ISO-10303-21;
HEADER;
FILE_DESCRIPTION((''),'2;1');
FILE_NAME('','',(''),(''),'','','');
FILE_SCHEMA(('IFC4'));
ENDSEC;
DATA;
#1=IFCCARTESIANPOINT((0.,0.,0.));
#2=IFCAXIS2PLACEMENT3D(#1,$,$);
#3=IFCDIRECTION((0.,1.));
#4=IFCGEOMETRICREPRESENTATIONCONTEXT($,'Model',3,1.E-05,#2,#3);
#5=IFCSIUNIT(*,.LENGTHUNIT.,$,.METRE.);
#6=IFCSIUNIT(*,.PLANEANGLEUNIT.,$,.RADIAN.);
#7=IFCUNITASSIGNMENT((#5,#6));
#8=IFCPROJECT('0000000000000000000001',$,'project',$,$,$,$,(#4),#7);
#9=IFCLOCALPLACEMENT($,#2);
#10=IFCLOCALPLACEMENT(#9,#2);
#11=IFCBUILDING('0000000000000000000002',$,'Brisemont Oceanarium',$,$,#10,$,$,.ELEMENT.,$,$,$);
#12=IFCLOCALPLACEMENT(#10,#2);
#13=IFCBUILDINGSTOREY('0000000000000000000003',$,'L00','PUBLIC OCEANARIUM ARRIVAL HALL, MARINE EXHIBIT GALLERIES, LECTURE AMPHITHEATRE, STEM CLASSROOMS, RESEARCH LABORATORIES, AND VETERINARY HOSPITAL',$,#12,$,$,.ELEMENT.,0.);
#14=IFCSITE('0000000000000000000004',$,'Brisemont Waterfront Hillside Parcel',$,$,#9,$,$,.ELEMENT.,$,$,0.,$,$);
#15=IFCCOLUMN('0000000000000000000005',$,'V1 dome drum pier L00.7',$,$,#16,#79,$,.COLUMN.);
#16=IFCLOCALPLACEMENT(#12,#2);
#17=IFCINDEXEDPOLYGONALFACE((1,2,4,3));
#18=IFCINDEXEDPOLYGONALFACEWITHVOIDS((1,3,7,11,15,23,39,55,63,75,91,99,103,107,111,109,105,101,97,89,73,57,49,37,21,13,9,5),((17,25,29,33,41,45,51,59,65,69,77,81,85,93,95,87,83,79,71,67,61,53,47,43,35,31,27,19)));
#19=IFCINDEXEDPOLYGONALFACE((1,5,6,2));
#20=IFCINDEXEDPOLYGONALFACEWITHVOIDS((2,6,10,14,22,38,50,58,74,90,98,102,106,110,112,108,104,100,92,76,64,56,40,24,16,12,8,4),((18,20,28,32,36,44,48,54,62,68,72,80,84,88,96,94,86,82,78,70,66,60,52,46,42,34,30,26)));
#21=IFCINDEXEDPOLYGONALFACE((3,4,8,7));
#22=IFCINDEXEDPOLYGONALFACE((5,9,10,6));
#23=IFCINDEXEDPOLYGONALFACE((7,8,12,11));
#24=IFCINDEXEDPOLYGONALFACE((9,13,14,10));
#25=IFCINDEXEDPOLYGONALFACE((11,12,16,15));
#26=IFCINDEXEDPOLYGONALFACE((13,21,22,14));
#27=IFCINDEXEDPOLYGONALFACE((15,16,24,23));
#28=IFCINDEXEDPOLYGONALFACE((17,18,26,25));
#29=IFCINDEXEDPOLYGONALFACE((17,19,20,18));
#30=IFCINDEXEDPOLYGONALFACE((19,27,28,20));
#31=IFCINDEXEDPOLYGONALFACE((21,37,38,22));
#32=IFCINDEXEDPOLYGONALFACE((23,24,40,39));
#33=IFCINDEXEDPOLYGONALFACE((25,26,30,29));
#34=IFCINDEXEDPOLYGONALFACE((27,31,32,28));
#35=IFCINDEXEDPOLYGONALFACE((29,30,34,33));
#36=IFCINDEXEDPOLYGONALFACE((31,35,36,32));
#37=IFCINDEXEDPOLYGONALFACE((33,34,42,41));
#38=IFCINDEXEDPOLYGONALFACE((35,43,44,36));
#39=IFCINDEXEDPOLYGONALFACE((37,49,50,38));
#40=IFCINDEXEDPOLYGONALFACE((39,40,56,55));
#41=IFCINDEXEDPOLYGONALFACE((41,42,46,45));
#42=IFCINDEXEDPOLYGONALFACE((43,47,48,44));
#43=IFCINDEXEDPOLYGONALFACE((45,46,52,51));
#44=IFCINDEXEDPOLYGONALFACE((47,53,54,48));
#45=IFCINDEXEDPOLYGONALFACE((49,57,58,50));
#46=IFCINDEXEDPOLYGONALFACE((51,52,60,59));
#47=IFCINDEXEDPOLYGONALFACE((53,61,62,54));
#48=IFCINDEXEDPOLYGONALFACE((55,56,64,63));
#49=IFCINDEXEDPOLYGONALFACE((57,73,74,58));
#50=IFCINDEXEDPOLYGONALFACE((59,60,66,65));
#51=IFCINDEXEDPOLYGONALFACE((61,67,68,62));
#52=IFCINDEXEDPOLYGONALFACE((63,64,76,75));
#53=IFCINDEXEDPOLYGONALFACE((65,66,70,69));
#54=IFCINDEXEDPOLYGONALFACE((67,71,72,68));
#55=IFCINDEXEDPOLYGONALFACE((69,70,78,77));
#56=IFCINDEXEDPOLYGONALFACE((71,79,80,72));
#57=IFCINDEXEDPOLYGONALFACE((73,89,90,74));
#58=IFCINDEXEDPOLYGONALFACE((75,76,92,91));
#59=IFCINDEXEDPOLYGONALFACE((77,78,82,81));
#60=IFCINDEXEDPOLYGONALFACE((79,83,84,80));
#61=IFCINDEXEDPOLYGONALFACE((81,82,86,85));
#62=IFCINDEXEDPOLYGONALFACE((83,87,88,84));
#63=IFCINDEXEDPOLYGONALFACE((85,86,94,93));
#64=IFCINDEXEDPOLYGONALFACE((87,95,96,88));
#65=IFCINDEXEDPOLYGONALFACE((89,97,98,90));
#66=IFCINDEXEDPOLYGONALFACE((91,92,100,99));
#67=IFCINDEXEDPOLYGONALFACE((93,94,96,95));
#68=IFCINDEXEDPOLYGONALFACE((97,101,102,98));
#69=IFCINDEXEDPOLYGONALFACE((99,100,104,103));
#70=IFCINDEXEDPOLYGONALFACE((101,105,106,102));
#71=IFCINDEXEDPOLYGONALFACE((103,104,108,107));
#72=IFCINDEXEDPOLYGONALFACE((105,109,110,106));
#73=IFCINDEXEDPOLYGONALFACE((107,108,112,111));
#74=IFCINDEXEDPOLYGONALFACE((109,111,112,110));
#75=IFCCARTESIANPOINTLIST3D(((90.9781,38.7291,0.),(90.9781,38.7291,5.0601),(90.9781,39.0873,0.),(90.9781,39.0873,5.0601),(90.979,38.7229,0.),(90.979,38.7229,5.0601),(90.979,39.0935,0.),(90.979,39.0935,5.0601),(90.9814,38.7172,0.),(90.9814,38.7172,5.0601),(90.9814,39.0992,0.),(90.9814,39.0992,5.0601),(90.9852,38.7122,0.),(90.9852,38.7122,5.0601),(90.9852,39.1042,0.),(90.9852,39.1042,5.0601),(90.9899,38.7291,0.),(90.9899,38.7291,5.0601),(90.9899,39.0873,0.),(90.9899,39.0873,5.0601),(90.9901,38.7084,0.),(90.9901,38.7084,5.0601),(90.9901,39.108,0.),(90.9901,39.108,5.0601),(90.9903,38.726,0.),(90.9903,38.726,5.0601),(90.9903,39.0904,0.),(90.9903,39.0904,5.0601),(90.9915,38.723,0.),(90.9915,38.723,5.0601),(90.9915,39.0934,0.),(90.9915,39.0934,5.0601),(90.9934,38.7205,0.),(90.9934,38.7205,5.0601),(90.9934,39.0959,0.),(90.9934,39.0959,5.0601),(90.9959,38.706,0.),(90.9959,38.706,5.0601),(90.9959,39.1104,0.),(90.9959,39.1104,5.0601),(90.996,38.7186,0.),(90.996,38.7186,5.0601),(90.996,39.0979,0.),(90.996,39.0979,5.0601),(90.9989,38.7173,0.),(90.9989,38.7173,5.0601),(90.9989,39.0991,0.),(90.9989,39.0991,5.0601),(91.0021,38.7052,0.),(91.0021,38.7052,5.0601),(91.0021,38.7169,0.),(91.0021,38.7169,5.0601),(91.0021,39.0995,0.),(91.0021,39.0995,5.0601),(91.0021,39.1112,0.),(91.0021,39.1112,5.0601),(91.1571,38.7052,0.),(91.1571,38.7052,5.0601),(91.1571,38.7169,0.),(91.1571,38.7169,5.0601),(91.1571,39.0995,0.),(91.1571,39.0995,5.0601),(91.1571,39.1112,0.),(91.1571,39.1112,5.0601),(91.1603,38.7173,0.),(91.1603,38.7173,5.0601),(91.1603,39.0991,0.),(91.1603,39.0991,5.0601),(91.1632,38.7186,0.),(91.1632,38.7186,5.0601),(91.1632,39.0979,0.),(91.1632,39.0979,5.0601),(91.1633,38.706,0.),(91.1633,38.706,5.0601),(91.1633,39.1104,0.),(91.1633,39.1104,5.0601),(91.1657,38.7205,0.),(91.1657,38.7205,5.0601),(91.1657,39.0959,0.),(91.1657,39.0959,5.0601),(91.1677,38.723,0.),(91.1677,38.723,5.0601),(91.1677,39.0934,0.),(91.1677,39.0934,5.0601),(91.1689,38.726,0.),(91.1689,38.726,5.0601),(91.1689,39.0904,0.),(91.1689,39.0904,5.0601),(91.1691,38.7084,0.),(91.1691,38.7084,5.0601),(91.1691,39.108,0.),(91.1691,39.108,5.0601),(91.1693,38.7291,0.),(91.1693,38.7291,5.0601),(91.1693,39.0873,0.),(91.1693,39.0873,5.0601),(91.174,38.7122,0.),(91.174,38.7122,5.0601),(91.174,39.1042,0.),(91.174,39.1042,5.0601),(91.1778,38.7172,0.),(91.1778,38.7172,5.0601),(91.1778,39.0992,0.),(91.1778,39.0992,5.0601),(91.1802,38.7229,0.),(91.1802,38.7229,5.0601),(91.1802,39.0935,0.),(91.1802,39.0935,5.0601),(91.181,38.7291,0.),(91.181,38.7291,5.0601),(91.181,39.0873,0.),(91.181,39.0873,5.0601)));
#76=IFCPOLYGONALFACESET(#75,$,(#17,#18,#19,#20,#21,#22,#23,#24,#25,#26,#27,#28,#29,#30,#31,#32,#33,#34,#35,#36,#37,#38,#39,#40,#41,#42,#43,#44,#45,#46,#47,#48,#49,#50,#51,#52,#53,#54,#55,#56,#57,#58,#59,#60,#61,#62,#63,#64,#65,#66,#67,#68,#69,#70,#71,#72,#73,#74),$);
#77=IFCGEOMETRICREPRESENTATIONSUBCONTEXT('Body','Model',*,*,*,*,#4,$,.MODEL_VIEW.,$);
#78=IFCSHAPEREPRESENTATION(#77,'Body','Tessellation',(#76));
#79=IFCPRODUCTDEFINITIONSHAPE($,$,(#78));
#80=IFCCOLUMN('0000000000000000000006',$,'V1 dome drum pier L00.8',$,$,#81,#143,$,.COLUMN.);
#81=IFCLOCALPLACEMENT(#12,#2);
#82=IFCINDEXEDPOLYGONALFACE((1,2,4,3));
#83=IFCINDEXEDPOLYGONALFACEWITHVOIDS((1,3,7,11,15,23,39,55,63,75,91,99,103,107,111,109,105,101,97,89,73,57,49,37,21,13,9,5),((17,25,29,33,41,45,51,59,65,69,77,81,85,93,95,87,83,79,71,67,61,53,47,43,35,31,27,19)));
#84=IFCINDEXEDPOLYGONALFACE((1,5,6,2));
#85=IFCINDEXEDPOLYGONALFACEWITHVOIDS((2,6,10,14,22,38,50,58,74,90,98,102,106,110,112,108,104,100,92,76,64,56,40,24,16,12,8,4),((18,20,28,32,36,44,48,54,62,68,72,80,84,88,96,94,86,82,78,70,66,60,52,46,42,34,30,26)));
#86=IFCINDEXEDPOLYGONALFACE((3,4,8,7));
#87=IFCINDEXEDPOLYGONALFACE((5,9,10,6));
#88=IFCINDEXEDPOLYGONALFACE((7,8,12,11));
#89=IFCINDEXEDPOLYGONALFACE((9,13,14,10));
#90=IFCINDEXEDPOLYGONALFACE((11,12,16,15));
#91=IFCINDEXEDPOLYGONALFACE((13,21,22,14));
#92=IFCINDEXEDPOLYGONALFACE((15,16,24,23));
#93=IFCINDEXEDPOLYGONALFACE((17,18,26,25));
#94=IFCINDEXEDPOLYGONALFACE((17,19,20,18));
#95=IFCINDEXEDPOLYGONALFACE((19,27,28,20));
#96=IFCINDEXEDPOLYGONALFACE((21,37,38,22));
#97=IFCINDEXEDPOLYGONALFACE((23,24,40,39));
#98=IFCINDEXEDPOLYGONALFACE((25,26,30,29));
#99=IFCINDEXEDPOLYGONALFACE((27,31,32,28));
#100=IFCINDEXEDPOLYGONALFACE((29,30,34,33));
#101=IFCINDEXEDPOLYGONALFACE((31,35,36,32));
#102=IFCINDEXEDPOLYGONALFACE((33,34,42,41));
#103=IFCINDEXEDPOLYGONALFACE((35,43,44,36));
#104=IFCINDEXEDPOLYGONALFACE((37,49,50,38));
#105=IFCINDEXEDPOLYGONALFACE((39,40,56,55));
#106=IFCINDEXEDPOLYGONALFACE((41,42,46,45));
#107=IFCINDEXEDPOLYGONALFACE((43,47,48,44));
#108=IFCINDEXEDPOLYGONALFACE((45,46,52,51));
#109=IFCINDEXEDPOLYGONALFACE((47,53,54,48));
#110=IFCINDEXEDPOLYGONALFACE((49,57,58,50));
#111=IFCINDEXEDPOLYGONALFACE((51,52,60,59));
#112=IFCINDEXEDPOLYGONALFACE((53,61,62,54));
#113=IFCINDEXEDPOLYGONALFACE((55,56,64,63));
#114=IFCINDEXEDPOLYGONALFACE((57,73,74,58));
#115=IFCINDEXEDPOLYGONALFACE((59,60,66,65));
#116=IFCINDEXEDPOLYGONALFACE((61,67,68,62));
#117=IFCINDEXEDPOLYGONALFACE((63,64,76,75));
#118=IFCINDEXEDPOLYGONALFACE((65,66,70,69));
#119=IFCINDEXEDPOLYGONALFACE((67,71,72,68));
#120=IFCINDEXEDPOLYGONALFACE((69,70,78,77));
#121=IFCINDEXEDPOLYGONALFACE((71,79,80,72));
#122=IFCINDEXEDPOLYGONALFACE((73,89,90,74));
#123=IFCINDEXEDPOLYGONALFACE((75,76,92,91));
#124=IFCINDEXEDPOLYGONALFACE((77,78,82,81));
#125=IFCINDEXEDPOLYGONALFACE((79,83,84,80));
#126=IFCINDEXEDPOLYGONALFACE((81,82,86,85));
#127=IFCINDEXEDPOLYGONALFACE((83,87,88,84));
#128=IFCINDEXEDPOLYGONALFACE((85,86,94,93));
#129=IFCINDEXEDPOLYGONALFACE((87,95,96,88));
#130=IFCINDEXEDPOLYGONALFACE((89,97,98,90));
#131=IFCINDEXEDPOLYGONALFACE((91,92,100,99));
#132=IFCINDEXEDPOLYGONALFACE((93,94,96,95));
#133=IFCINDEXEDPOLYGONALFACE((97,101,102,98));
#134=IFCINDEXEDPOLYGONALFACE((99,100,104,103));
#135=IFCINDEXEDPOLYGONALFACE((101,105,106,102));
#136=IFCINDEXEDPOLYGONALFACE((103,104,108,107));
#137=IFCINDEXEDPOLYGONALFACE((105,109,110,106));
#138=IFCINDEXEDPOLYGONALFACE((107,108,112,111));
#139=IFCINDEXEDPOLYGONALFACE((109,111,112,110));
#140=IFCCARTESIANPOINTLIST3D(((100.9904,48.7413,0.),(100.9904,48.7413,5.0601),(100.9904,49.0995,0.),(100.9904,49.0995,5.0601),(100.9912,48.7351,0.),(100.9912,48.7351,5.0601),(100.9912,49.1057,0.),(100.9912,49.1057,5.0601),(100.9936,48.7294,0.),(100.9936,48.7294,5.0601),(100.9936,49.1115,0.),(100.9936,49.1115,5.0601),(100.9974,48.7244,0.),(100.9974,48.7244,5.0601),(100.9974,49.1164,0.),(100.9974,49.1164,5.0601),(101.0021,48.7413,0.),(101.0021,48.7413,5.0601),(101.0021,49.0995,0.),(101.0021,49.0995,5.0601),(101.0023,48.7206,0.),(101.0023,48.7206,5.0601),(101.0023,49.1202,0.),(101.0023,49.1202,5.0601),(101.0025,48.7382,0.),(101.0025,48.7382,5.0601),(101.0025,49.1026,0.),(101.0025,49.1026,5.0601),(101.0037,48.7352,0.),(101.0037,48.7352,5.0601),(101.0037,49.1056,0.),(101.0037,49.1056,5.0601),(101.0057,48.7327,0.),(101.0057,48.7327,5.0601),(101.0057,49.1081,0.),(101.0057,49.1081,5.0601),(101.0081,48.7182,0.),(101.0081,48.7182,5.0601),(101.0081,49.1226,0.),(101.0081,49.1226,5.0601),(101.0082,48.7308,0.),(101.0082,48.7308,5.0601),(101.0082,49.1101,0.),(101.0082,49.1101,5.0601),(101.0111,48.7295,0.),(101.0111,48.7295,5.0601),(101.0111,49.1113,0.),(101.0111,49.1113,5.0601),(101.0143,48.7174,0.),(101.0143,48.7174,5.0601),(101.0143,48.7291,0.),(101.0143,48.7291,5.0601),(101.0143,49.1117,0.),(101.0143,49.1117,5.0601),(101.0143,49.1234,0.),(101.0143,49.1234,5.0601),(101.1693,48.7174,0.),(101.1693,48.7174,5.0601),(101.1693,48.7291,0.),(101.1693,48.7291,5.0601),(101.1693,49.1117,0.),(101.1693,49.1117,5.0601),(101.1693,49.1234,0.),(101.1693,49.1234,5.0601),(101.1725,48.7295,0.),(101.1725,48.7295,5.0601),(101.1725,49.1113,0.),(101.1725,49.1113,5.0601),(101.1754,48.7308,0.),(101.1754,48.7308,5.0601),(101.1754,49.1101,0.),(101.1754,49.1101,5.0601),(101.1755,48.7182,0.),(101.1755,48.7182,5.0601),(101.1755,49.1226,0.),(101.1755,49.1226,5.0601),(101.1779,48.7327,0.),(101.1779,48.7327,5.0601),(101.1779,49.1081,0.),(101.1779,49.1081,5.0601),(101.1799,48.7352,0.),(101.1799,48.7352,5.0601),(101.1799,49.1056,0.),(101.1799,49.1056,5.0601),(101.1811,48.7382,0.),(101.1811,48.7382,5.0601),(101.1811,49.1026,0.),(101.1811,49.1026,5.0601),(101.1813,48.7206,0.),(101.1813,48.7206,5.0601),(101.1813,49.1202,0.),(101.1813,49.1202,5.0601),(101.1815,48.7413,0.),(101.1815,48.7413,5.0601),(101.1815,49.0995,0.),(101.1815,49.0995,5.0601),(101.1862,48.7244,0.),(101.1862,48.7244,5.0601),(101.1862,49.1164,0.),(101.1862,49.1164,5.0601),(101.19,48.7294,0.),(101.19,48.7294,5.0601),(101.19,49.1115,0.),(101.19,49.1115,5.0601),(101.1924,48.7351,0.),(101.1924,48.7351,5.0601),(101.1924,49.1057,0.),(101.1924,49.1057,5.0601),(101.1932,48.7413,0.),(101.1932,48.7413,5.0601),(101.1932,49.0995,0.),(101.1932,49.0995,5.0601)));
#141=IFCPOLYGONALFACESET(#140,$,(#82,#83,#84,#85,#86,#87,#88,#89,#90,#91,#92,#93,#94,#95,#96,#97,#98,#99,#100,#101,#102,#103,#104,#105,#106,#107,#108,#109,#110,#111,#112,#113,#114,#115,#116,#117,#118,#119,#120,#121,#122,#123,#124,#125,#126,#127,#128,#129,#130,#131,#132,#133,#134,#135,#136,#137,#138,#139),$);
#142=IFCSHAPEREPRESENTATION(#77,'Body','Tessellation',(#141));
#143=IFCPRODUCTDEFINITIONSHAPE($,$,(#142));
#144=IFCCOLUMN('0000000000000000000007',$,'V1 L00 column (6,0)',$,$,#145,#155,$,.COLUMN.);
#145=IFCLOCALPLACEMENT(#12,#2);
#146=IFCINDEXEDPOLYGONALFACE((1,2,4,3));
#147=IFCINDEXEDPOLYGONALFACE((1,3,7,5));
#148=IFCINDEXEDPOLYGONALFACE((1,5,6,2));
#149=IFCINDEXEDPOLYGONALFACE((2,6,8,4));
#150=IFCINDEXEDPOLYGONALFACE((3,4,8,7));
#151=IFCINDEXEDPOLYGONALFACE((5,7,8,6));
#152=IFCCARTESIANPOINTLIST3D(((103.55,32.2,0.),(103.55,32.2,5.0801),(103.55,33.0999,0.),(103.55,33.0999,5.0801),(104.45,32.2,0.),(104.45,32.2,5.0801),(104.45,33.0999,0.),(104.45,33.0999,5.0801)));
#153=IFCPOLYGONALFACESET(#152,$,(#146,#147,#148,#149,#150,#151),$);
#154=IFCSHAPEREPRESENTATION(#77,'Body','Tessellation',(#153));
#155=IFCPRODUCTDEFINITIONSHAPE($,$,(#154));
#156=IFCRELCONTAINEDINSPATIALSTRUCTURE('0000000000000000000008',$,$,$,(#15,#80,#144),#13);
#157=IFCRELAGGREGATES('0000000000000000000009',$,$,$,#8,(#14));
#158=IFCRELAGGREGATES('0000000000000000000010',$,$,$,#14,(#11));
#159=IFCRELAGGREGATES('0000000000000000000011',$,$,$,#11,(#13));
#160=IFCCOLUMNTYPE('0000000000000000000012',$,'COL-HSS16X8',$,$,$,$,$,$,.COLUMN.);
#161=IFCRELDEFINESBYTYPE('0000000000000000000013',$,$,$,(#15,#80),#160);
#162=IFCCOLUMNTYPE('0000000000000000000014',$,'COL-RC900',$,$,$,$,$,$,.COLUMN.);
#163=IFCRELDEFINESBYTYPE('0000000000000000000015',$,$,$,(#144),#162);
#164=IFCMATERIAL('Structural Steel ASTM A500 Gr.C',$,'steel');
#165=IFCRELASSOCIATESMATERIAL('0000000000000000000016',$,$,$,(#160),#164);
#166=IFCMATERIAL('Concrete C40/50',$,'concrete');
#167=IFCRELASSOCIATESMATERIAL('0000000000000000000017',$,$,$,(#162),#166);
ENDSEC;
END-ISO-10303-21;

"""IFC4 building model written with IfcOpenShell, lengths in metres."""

from ifc_helpers import new_model, si_unit, direction, frame, origin, origin_2d, place, context, subcontext, project, spatial, rectangle, hollow_rectangle, extrude, material, material_profile, profile_set, type_object, element, save


model = new_model("IFC4")

# Units and contexts
model_context = context("Model", 3, precision=1e-05, world=origin(), true_north=direction((0.0, 1.0)))
body_context = subcontext(model_context, "Body", "Model", "MODEL_VIEW")
ifc_project = project(units=[si_unit("LENGTHUNIT", "METRE"), si_unit("PLANEANGLEUNIT", "RADIAN")], contexts=[model_context])

# Site, building, storey
site_placement = place(None, origin())
site = spatial("IfcSite", under=ifc_project, at=site_placement, Name="Brisemont Waterfront Hillside Parcel", CompositionType="ELEMENT", RefElevation=0.0)
building_placement = place(site_placement, origin())
building = spatial("IfcBuilding", under=site, at=building_placement, Name="Brisemont Oceanarium", CompositionType="ELEMENT")
storey_placement = place(building_placement, origin())
storey = spatial("IfcBuildingStorey", under=building, at=storey_placement, Name="L00", Description="PUBLIC OCEANARIUM ARRIVAL HALL, MARINE EXHIBIT GALLERIES, LECTURE AMPHITHEATRE, STEM CLASSROOMS, RESEARCH LABORATORIES, AND VETERINARY HOSPITAL", CompositionType="ELEMENT", Elevation=0.0)

# Columns
ifc_material_1 = material(Name="Structural Steel ASTM A500 Gr.C", Category="steel")
ifc_material_profile_1 = material_profile(ifc_material_1, hollow_rectangle(XDim=0.2029, YDim=0.406, WallThickness=0.0117, InnerFilletRadius=0.0122, OuterFilletRadius=0.0239, at=origin_2d()), Name="HSS16X8X1/2")
ifc_profile_set_1 = profile_set([ifc_material_profile_1], Name="Structural Steel ASTM A500 Gr.C")
column_type_1 = type_object("IfcColumnType", Name="COL-HSS16X8", PredefinedType="COLUMN", material=ifc_profile_set_1)
for number, where, z_axis, x_axis, name in (
    (1, (91.0796, 38.9082, 0.0), (0.0, 0.0, 1.0), (1.0, 0.0, 0.0), "V1 dome drum pier L00.7"),
    (2, (101.0918, 48.9204, 0.0), (0.0, 0.0, 1.0), (1.0, 0.0, 0.0), "V1 dome drum pier L00.8"),
):
    element("IfcColumn", number, at=place(storey_placement, frame(where, z_axis=z_axis, x_axis=x_axis)), inside=storey, type_object=column_type_1, Name=name, PredefinedType="COLUMN", context=body_context, shape_type="SweptSolid", body=[
        extrude(hollow_rectangle(XDim=0.2029, YDim=0.406, WallThickness=0.0117, InnerFilletRadius=0.0122, OuterFilletRadius=0.0239, at=origin_2d()), origin(), (0.0, 0.0, 1.0), 5.0601),
    ])
ifc_material_2 = material(Name="Concrete C40/50", Category="concrete")
ifc_material_profile_2 = material_profile(ifc_material_2, rectangle(XDim=0.8999, YDim=0.8999, at=origin_2d()), Name="RC-COL-900X900")
ifc_profile_set_2 = profile_set([ifc_material_profile_2], Name="Concrete C40/50")
column_type_2 = type_object("IfcColumnType", Name="COL-RC900", PredefinedType="COLUMN", material=ifc_profile_set_2)
column_1_placement = place(storey_placement, frame((104.0, 32.6499, 0.0), z_axis=(0.0, 0.0, 1.0), x_axis=(1.0, 0.0, 0.0)))
element("IfcColumn", 3, at=column_1_placement, inside=storey, type_object=column_type_2, Name="V1 L00 column (6,0)", PredefinedType="COLUMN", context=body_context, shape_type="SweptSolid", body=[
    extrude(rectangle(XDim=0.8999, YDim=0.8999, at=origin_2d()), origin(), (0.0, 0.0, 1.0), 5.0801),
])

save(model, "model.ifc")
